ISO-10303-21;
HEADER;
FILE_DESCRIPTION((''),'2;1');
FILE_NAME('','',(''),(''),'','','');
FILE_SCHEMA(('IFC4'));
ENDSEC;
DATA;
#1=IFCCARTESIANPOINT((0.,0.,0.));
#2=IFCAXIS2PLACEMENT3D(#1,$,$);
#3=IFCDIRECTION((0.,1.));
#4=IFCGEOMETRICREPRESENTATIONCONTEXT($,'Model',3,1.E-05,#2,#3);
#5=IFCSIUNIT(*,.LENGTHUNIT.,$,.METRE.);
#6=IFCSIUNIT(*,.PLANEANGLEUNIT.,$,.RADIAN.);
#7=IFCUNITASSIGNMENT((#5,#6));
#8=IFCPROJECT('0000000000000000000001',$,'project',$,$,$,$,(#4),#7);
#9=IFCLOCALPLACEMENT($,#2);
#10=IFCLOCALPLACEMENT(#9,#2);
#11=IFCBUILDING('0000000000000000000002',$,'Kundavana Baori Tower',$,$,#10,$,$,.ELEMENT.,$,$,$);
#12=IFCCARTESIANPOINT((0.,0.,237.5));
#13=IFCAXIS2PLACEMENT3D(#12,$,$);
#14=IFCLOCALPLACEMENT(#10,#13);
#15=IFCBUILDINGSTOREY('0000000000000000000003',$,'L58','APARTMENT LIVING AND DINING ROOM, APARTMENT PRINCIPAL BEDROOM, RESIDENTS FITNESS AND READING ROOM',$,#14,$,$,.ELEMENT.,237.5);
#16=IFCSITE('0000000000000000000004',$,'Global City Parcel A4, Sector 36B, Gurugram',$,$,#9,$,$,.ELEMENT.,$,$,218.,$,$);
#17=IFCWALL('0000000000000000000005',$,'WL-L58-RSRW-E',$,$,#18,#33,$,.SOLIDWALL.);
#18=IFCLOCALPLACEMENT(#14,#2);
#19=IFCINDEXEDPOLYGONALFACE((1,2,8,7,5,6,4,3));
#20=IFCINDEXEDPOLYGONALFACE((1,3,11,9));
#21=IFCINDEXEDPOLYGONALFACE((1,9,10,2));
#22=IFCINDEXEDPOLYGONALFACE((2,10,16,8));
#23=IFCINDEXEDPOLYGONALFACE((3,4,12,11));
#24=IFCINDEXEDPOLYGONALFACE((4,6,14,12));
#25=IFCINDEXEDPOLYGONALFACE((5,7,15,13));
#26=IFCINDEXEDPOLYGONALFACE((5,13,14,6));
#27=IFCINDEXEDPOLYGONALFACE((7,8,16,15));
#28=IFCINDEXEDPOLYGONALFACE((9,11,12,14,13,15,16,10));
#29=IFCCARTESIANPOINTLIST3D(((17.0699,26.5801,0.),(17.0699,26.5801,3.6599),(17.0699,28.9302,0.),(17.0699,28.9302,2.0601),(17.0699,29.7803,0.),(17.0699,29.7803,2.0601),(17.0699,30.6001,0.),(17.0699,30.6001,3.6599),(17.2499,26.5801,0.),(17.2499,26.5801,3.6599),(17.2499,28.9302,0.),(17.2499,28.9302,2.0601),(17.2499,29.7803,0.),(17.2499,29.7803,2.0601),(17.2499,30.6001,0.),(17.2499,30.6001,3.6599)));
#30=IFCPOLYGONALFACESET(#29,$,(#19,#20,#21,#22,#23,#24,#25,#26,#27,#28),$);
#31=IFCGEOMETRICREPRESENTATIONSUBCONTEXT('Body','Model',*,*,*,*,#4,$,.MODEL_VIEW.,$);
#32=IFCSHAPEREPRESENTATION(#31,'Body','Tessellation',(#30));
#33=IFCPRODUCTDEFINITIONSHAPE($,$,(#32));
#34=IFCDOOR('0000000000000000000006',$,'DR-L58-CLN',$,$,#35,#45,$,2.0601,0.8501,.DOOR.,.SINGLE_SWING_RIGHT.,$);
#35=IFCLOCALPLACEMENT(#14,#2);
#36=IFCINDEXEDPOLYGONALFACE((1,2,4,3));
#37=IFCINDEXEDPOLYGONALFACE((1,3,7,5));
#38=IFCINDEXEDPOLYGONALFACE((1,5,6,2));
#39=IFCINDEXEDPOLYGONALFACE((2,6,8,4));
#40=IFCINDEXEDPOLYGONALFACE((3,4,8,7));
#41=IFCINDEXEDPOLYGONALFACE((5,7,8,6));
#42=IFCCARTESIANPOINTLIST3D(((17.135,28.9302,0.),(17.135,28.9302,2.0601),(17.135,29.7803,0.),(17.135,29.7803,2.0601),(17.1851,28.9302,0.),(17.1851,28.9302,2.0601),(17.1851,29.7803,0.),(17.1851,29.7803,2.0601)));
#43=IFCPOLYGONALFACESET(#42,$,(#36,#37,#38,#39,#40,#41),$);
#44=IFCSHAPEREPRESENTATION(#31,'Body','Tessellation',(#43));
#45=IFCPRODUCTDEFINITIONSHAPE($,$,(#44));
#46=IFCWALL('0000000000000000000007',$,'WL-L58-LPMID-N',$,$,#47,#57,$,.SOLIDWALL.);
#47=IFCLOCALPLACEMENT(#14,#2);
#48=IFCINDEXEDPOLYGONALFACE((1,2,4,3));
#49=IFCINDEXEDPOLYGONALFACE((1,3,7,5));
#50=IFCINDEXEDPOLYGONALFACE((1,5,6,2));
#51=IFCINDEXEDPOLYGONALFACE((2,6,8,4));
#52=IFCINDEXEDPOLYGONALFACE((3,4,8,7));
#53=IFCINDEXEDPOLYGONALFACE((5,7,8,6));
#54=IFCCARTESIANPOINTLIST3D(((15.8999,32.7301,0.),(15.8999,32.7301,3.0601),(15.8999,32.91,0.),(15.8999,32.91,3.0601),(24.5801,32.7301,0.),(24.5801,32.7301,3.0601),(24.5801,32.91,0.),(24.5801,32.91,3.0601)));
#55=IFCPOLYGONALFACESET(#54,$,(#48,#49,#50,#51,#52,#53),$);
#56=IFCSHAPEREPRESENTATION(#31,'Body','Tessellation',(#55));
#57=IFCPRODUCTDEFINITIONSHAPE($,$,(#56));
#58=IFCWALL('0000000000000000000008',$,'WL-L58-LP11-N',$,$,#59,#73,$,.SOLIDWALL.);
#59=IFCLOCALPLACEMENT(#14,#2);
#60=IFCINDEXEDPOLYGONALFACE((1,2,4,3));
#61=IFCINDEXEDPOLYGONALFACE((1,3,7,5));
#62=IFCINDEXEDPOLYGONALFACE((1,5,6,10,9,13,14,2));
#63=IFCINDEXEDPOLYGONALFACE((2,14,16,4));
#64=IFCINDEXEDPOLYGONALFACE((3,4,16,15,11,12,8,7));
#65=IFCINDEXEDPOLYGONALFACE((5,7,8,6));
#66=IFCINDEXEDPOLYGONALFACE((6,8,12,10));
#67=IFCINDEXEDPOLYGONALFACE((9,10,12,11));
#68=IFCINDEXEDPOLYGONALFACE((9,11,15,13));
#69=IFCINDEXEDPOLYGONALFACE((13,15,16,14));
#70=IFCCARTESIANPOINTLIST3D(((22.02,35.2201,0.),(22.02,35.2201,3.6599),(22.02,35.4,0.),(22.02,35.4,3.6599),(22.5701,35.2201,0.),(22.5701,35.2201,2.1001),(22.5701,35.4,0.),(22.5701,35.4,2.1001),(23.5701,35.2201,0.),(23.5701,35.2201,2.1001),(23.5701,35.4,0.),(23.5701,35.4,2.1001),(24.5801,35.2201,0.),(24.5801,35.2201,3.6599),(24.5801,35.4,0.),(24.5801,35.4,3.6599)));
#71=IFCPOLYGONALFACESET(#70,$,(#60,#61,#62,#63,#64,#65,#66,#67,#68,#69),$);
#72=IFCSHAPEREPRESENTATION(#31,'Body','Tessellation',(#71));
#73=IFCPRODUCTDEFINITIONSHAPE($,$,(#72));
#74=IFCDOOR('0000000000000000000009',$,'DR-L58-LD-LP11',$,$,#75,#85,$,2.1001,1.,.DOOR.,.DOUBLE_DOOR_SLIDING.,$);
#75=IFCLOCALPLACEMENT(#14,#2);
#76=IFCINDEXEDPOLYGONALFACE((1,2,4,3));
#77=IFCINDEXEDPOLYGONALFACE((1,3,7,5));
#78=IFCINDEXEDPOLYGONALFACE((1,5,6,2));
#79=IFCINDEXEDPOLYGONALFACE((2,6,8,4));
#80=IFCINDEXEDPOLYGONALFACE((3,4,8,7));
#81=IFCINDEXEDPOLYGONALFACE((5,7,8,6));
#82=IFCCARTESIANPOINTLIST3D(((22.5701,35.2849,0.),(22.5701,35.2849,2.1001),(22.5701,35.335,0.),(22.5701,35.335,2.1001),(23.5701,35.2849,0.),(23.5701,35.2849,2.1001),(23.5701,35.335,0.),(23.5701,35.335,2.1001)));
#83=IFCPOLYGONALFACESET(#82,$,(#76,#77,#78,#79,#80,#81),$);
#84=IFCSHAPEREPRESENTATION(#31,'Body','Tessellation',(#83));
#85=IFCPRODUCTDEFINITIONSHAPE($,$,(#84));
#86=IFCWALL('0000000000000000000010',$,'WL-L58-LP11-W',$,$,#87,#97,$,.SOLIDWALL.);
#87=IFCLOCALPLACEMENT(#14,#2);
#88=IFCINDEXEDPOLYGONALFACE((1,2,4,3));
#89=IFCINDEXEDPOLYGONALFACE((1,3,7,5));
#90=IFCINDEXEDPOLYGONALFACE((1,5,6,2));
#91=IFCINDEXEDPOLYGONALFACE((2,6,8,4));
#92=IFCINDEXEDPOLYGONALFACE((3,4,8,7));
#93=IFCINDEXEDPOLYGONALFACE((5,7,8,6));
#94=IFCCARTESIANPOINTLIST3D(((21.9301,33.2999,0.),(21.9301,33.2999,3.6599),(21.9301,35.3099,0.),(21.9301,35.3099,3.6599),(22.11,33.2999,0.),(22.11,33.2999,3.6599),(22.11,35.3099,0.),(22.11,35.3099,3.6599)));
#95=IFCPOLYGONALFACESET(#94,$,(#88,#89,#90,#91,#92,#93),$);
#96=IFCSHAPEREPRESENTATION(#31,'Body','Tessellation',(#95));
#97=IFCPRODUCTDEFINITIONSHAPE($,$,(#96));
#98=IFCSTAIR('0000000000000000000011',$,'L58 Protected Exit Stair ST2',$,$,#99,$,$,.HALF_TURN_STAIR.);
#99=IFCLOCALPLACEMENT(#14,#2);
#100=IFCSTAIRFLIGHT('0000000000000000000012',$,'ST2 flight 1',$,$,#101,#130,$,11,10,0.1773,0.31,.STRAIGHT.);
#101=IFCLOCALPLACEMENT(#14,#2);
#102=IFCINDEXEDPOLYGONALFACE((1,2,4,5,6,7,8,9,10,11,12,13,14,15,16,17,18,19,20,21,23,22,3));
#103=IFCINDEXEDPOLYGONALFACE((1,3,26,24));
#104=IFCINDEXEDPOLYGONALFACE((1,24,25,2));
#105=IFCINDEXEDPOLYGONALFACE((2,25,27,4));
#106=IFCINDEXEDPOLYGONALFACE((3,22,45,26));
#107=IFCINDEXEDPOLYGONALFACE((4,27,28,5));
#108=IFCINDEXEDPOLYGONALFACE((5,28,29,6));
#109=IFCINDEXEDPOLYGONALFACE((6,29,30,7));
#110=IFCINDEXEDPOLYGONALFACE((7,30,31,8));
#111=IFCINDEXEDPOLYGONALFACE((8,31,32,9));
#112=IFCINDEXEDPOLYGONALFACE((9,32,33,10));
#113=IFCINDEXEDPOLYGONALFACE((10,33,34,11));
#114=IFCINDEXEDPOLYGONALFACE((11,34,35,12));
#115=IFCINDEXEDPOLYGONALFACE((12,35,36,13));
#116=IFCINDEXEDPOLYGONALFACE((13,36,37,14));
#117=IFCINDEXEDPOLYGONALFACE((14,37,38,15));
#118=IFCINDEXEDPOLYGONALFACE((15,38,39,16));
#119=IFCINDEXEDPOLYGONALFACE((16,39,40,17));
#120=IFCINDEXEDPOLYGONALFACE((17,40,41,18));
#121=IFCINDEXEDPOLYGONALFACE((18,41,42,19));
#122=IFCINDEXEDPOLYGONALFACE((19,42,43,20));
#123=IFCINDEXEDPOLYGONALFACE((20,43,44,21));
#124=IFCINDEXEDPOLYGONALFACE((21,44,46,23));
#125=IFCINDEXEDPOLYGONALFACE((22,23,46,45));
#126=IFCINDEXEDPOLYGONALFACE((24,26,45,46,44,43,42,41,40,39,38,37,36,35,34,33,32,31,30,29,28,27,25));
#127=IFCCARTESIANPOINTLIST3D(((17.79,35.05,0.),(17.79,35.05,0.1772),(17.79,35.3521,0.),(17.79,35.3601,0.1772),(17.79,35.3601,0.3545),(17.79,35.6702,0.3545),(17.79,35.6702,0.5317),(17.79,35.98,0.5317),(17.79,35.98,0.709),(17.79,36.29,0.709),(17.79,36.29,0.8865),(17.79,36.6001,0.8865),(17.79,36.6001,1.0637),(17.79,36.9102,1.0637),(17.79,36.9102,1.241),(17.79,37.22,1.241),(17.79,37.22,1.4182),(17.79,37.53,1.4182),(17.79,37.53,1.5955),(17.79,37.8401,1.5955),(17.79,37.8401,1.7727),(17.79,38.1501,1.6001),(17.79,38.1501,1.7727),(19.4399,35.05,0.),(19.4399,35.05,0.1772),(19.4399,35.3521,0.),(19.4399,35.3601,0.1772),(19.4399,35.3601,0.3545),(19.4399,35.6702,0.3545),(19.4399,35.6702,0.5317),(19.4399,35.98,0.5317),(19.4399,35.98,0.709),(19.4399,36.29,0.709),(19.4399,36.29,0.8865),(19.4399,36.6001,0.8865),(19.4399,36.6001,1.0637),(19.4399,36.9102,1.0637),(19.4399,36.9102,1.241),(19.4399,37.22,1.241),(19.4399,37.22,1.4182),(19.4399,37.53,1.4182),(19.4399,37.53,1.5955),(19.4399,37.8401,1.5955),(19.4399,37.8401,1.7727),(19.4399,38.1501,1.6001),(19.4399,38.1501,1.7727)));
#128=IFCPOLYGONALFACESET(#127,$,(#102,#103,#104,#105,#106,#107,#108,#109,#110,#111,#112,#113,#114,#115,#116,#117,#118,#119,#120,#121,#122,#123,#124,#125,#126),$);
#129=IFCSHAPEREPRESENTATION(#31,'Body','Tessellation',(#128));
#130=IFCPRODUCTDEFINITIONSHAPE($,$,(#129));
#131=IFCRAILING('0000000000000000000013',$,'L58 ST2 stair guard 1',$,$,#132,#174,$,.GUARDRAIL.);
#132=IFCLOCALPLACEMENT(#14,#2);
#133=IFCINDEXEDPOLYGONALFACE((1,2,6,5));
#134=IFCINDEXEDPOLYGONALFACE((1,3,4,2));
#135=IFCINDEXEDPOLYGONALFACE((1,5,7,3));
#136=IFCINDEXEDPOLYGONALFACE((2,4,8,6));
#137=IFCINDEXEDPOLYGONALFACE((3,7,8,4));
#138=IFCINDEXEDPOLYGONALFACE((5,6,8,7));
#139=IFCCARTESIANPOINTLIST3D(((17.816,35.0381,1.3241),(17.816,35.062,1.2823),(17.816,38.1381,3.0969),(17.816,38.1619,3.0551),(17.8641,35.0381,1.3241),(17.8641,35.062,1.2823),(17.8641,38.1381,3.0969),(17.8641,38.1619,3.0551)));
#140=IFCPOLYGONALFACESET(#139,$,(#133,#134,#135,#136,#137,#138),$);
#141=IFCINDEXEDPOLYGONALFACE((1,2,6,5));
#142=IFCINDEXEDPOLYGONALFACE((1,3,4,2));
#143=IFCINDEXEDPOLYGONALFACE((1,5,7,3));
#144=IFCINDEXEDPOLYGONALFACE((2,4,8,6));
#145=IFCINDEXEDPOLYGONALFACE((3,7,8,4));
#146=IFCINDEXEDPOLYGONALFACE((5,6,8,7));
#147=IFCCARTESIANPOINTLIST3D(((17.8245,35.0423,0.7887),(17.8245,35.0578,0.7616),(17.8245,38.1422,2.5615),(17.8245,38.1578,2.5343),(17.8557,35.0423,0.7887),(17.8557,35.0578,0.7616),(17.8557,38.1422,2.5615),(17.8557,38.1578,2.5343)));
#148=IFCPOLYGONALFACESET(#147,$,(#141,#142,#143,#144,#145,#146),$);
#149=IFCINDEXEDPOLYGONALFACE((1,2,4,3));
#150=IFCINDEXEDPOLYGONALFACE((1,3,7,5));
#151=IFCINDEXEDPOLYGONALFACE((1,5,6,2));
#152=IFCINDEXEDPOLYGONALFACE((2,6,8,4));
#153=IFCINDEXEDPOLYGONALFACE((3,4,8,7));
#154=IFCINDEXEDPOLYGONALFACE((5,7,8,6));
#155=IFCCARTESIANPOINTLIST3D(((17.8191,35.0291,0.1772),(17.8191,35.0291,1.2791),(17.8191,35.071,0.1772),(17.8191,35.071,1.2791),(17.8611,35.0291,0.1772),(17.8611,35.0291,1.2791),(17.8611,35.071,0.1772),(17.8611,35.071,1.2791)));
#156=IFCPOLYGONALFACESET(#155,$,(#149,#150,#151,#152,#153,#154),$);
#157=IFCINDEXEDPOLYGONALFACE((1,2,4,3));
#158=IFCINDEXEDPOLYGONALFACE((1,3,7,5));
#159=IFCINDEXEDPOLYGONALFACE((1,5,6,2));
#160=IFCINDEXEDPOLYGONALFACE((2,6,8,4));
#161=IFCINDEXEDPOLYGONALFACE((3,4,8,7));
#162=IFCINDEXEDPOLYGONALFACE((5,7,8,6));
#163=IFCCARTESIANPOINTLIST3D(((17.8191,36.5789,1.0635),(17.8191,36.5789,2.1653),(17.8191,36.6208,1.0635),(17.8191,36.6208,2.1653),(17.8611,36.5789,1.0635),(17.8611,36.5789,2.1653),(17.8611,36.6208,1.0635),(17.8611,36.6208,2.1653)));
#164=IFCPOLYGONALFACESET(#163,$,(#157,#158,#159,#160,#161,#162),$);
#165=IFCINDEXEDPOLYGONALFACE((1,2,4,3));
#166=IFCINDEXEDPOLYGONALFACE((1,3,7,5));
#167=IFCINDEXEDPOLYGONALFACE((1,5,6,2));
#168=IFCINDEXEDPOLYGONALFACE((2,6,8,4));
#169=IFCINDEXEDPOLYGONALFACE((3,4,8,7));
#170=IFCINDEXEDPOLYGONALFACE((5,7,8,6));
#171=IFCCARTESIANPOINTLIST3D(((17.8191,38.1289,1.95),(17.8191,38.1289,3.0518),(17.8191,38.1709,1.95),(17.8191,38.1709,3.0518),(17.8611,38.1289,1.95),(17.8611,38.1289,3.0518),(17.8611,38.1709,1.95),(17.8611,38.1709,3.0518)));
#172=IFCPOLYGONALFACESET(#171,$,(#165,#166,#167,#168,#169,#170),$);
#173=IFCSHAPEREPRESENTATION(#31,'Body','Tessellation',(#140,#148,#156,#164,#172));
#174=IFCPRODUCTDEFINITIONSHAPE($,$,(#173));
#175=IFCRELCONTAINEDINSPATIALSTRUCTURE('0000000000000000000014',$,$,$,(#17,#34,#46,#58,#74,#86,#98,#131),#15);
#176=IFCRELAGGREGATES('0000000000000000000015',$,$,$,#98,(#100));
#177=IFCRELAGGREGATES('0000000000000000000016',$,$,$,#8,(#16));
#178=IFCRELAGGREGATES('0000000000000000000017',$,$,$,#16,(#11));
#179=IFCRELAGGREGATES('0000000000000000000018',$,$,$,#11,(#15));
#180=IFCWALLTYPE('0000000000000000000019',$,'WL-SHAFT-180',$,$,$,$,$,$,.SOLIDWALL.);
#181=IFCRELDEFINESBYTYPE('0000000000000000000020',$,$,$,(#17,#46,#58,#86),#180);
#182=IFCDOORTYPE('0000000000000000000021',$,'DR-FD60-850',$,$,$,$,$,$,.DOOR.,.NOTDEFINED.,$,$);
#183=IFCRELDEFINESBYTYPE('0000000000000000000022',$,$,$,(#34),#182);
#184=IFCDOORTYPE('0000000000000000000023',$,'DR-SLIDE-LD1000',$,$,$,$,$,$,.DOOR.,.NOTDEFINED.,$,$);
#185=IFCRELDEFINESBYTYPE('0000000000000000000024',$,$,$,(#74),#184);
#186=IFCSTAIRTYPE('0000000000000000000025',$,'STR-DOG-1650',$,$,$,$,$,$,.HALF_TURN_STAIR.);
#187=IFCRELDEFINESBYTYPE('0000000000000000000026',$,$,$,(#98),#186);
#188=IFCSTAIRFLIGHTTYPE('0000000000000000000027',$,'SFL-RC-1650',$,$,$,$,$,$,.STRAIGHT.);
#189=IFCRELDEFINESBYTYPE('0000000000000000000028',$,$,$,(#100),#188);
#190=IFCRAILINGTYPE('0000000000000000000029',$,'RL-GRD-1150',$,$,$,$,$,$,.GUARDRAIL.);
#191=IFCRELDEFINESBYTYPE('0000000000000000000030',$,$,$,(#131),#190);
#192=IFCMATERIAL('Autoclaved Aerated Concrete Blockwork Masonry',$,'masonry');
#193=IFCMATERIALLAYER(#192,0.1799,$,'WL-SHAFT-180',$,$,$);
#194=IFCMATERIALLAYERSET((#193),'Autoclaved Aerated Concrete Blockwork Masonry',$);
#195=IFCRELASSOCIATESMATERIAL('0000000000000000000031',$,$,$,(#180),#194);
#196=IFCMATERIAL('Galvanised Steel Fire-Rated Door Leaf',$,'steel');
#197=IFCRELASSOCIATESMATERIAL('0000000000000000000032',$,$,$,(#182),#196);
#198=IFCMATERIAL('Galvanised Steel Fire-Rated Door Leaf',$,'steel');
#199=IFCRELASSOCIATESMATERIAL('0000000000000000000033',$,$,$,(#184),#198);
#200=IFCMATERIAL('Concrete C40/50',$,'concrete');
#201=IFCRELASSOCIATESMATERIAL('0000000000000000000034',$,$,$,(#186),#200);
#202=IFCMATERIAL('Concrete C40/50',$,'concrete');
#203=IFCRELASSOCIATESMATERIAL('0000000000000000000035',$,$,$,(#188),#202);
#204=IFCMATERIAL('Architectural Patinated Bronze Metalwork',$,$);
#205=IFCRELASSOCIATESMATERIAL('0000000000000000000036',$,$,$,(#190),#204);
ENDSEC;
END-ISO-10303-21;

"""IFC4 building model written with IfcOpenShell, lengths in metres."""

from ifc_helpers import new_model, si_unit, direction, frame, frame_2d, origin, origin_2d, place, context, subcontext, project, spatial, polyline, rectangle, outline, extrude, material, layer, layer_set, type_object, element, fill, aggregate, save


model = new_model("IFC4")

# Units and contexts
model_context = context("Model", 3, precision=1e-05, world=origin(), true_north=direction((0.0, 1.0)))
body_context = subcontext(model_context, "Body", "Model", "MODEL_VIEW")
ifc_project = project(units=[si_unit("LENGTHUNIT", "METRE"), si_unit("PLANEANGLEUNIT", "RADIAN")], contexts=[model_context])

# Site, building, storey
site_placement = place(None, origin())
site = spatial("IfcSite", under=ifc_project, at=site_placement, Name="Global City Parcel A4, Sector 36B, Gurugram", CompositionType="ELEMENT", RefElevation=218.0)
building_placement = place(site_placement, origin())
building = spatial("IfcBuilding", under=site, at=building_placement, Name="Kundavana Baori Tower", CompositionType="ELEMENT")
storey_placement = place(building_placement, frame((0.0, 0.0, 237.5)))
storey = spatial("IfcBuildingStorey", under=building, at=storey_placement, Name="L58", Description="APARTMENT LIVING AND DINING ROOM, APARTMENT PRINCIPAL BEDROOM, RESIDENTS FITNESS AND READING ROOM", CompositionType="ELEMENT", Elevation=237.5)

# Wall, opening, door
ifc_material_1 = material(Name="Autoclaved Aerated Concrete Blockwork Masonry", Category="masonry")
ifc_layer_1 = layer(ifc_material_1, 0.1799, Name="WL-SHAFT-180")
ifc_layer_set_1 = layer_set([ifc_layer_1], Name="Autoclaved Aerated Concrete Blockwork Masonry")
wall_type_1 = type_object("IfcWallType", Name="WL-SHAFT-180", PredefinedType="SOLIDWALL", material=ifc_layer_set_1)
wall_1_placement = place(storey_placement, frame((17.1599, 26.5801, 0.0), z_axis=(0.0, 0.0, 1.0), x_axis=(0.0, 1.0, 0.0)))
wall_1 = element("IfcWall", 1, at=wall_1_placement, inside=storey, type_object=wall_type_1, Name="WL-L58-RSRW-E", PredefinedType="SOLIDWALL", context=body_context, shape_type="SweptSolid", body=[
    extrude(rectangle(XDim=4.02, YDim=0.1799, at=frame_2d((2.01, 0.0))), origin(), (0.0, 0.0, 1.0), 3.6599),
])
opening_1_placement = place(wall_1_placement, frame((2.3501, 0.0, 0.0)))
opening_1 = element("IfcOpeningElement", 2, at=opening_1_placement, cuts=wall_1, PredefinedType="OPENING", context=body_context, shape_type="SweptSolid", body=[
    extrude(rectangle(XDim=0.8501, YDim=2.0601, at=frame_2d((0.425, 1.03))), frame((0.0, 0.1001, 0.0), z_axis=(0.0, -1.0, 0.0), x_axis=(1.0, 0.0, 0.0)), (0.0, 0.0, 1.0), 0.2),
])
ifc_material_2 = material(Name="Galvanised Steel Fire-Rated Door Leaf", Category="steel")
door_type_1 = type_object("IfcDoorType", Name="DR-FD60-850", OperationType="NOTDEFINED", PredefinedType="DOOR", material=ifc_material_2)
door_1_placement = place(opening_1_placement, origin())
door_1 = element("IfcDoor", 3, at=door_1_placement, inside=storey, type_object=door_type_1, Name="DR-L58-CLN", OperationType="SINGLE_SWING_RIGHT", OverallHeight=2.0601, OverallWidth=0.8501, PredefinedType="DOOR", context=body_context, shape_type="SweptSolid", body=[
    extrude(rectangle(XDim=0.8501, YDim=2.0601, at=frame_2d((0.425, 1.03))), frame((0.0, 0.0249, 0.0), z_axis=(0.0, -1.0, 0.0), x_axis=(1.0, 0.0, 0.0)), (0.0, 0.0, 1.0), 0.05),
])
fill(opening_1, door_1)

# Wall
wall_2_placement = place(storey_placement, frame((15.8999, 32.8201, 0.0), z_axis=(0.0, 0.0, 1.0), x_axis=(1.0, 0.0, 0.0)))
element("IfcWall", 4, at=wall_2_placement, inside=storey, type_object=wall_type_1, Name="WL-L58-LPMID-N", PredefinedType="SOLIDWALL", context=body_context, shape_type="SweptSolid", body=[
    extrude(rectangle(XDim=8.6802, YDim=0.1799, at=frame_2d((4.3401, 0.0))), origin(), (0.0, 0.0, 1.0), 3.0601),
])

# Wall, opening, door
wall_3_placement = place(storey_placement, frame((22.02, 35.3101, 0.0), z_axis=(0.0, 0.0, 1.0), x_axis=(1.0, 0.0, 0.0)))
wall_3 = element("IfcWall", 5, at=wall_3_placement, inside=storey, type_object=wall_type_1, Name="WL-L58-LP11-N", PredefinedType="SOLIDWALL", context=body_context, shape_type="SweptSolid", body=[
    extrude(rectangle(XDim=2.5601, YDim=0.1799, at=frame_2d((1.28, 0.0))), origin(), (0.0, 0.0, 1.0), 3.6599),
])
opening_2_placement = place(wall_3_placement, frame((0.55, 0.0, 0.0)))
opening_2 = element("IfcOpeningElement", 6, at=opening_2_placement, cuts=wall_3, PredefinedType="OPENING", context=body_context, shape_type="SweptSolid", body=[
    extrude(rectangle(XDim=1.0, YDim=2.1001, at=frame_2d((0.5, 1.05))), frame((0.0, 0.1001, 0.0), z_axis=(0.0, -1.0, 0.0), x_axis=(1.0, 0.0, 0.0)), (0.0, 0.0, 1.0), 0.2),
])
ifc_material_3 = material(Name="Galvanised Steel Fire-Rated Door Leaf", Category="steel")
door_type_2 = type_object("IfcDoorType", Name="DR-SLIDE-LD1000", OperationType="NOTDEFINED", PredefinedType="DOOR", material=ifc_material_3)
door_2_placement = place(opening_2_placement, origin())
door_2 = element("IfcDoor", 7, at=door_2_placement, inside=storey, type_object=door_type_2, Name="DR-L58-LD-LP11", OperationType="DOUBLE_DOOR_SLIDING", OverallHeight=2.1001, OverallWidth=1.0, PredefinedType="DOOR", context=body_context, shape_type="SweptSolid", body=[
    extrude(rectangle(XDim=1.0, YDim=2.1001, at=frame_2d((0.5, 1.05))), frame((0.0, 0.0249, 0.0), z_axis=(0.0, -1.0, 0.0), x_axis=(1.0, 0.0, 0.0)), (0.0, 0.0, 1.0), 0.05),
])
fill(opening_2, door_2)

# Wall
wall_4_placement = place(storey_placement, frame((22.02, 33.3, 0.0), z_axis=(0.0, 0.0, 1.0), x_axis=(0.0, 1.0, 0.0)))
element("IfcWall", 8, at=wall_4_placement, inside=storey, type_object=wall_type_1, Name="WL-L58-LP11-W", PredefinedType="SOLIDWALL", context=body_context, shape_type="SweptSolid", body=[
    extrude(rectangle(XDim=2.01, YDim=0.1799, at=frame_2d((1.0049, 0.0))), origin(), (0.0, 0.0, 1.0), 3.6599),
])

# Stair, stair flight
ifc_material_4 = material(Name="Concrete C40/50", Category="concrete")
stair_type = type_object("IfcStairType", Name="STR-DOG-1650", PredefinedType="HALF_TURN_STAIR", material=ifc_material_4)
stair_placement = place(storey_placement, origin())
stair = element("IfcStair", 9, at=stair_placement, inside=storey, type_object=stair_type, Name="L58 Protected Exit Stair ST2", PredefinedType="HALF_TURN_STAIR")
ifc_material_5 = material(Name="Concrete C40/50", Category="concrete")
stair_flight_type = type_object("IfcStairFlightType", Name="SFL-RC-1650", PredefinedType="STRAIGHT", material=ifc_material_5)
stair_flight_placement = place(storey_placement, frame((18.615, 35.05, 0.0), z_axis=(0.0, 0.0, 1.0), x_axis=(0.0, 1.0, 0.0)))
stair_flight = element("IfcStairFlight", 10, at=stair_flight_placement, type_object=stair_flight_type, Name="ST2 flight 1", NumberOfRisers=11, NumberOfTreads=10, PredefinedType="STRAIGHT", RiserHeight=0.1773, TreadLength=0.31, context=body_context, shape_type="SweptSolid", body=[
    extrude(outline(polyline([(0.0, 0.0), (0.0, 0.1772), (0.3101, 0.1772), (0.3101, 0.3545), (0.6201, 0.3545), (0.6201, 0.5317), (0.9299, 0.5317), (0.9299, 0.709), (1.24, 0.709), (1.24, 0.8865), (1.55, 0.8865), (1.55, 1.0637), (1.8601, 1.0637), (1.8601, 1.241), (2.1699, 1.241), (2.1699, 1.4182), (2.48, 1.4182), (2.48, 1.5955), (2.79, 1.5955), (2.79, 1.7727), (3.1001, 1.7727), (3.1001, 1.95), (3.1001, 1.6001), (0.302, 0.0), (0.0, 0.0)])), frame((0.0, 0.825, 0.0), z_axis=(0.0, -1.0, 0.0), x_axis=(1.0, 0.0, 0.0)), (0.0, 0.0, 1.0), 1.6499),
])
aggregate(stair, [stair_flight])

# Railing
ifc_material_6 = material(Name="Architectural Patinated Bronze Metalwork")
railing_type_1 = type_object("IfcRailingType", Name="RL-GRD-1150", PredefinedType="GUARDRAIL", material=ifc_material_6)
railing_1_placement = place(storey_placement, frame((17.8401, 35.05, 0.1772)))
element("IfcRailing", 11, at=railing_1_placement, inside=storey, type_object=railing_type_1, Name="L58 ST2 stair guard 1", PredefinedType="GUARDRAIL", context=body_context, shape_type="SweptSolid", body=[
    extrude(rectangle(XDim=0.0481, YDim=0.0481, at=origin_2d()), frame((0.0, 0.0, 1.126), z_axis=(0.0, 0.868079, 0.496426), x_axis=(-1.0, 0.0, 0.0)), (0.0, 0.0, 1.0), 3.571),
    extrude(rectangle(XDim=0.0312, YDim=0.0312, at=origin_2d()), frame((0.0, 0.0, 0.5979), z_axis=(0.0, 0.868079, 0.496426), x_axis=(-1.0, 0.0, 0.0)), (0.0, 0.0, 1.0), 3.571),
    extrude(rectangle(XDim=0.042, YDim=0.042, at=origin_2d()), origin(), (0.0, 0.0, 1.0), 1.1018),
    extrude(rectangle(XDim=0.042, YDim=0.042, at=origin_2d()), frame((0.0, 1.5498, 0.8862)), (0.0, 0.0, 1.0), 1.1018),
    extrude(rectangle(XDim=0.042, YDim=0.042, at=origin_2d()), frame((0.0, 3.0999, 1.7727)), (0.0, 0.0, 1.0), 1.1018),
])

save(model, "model.ifc")
